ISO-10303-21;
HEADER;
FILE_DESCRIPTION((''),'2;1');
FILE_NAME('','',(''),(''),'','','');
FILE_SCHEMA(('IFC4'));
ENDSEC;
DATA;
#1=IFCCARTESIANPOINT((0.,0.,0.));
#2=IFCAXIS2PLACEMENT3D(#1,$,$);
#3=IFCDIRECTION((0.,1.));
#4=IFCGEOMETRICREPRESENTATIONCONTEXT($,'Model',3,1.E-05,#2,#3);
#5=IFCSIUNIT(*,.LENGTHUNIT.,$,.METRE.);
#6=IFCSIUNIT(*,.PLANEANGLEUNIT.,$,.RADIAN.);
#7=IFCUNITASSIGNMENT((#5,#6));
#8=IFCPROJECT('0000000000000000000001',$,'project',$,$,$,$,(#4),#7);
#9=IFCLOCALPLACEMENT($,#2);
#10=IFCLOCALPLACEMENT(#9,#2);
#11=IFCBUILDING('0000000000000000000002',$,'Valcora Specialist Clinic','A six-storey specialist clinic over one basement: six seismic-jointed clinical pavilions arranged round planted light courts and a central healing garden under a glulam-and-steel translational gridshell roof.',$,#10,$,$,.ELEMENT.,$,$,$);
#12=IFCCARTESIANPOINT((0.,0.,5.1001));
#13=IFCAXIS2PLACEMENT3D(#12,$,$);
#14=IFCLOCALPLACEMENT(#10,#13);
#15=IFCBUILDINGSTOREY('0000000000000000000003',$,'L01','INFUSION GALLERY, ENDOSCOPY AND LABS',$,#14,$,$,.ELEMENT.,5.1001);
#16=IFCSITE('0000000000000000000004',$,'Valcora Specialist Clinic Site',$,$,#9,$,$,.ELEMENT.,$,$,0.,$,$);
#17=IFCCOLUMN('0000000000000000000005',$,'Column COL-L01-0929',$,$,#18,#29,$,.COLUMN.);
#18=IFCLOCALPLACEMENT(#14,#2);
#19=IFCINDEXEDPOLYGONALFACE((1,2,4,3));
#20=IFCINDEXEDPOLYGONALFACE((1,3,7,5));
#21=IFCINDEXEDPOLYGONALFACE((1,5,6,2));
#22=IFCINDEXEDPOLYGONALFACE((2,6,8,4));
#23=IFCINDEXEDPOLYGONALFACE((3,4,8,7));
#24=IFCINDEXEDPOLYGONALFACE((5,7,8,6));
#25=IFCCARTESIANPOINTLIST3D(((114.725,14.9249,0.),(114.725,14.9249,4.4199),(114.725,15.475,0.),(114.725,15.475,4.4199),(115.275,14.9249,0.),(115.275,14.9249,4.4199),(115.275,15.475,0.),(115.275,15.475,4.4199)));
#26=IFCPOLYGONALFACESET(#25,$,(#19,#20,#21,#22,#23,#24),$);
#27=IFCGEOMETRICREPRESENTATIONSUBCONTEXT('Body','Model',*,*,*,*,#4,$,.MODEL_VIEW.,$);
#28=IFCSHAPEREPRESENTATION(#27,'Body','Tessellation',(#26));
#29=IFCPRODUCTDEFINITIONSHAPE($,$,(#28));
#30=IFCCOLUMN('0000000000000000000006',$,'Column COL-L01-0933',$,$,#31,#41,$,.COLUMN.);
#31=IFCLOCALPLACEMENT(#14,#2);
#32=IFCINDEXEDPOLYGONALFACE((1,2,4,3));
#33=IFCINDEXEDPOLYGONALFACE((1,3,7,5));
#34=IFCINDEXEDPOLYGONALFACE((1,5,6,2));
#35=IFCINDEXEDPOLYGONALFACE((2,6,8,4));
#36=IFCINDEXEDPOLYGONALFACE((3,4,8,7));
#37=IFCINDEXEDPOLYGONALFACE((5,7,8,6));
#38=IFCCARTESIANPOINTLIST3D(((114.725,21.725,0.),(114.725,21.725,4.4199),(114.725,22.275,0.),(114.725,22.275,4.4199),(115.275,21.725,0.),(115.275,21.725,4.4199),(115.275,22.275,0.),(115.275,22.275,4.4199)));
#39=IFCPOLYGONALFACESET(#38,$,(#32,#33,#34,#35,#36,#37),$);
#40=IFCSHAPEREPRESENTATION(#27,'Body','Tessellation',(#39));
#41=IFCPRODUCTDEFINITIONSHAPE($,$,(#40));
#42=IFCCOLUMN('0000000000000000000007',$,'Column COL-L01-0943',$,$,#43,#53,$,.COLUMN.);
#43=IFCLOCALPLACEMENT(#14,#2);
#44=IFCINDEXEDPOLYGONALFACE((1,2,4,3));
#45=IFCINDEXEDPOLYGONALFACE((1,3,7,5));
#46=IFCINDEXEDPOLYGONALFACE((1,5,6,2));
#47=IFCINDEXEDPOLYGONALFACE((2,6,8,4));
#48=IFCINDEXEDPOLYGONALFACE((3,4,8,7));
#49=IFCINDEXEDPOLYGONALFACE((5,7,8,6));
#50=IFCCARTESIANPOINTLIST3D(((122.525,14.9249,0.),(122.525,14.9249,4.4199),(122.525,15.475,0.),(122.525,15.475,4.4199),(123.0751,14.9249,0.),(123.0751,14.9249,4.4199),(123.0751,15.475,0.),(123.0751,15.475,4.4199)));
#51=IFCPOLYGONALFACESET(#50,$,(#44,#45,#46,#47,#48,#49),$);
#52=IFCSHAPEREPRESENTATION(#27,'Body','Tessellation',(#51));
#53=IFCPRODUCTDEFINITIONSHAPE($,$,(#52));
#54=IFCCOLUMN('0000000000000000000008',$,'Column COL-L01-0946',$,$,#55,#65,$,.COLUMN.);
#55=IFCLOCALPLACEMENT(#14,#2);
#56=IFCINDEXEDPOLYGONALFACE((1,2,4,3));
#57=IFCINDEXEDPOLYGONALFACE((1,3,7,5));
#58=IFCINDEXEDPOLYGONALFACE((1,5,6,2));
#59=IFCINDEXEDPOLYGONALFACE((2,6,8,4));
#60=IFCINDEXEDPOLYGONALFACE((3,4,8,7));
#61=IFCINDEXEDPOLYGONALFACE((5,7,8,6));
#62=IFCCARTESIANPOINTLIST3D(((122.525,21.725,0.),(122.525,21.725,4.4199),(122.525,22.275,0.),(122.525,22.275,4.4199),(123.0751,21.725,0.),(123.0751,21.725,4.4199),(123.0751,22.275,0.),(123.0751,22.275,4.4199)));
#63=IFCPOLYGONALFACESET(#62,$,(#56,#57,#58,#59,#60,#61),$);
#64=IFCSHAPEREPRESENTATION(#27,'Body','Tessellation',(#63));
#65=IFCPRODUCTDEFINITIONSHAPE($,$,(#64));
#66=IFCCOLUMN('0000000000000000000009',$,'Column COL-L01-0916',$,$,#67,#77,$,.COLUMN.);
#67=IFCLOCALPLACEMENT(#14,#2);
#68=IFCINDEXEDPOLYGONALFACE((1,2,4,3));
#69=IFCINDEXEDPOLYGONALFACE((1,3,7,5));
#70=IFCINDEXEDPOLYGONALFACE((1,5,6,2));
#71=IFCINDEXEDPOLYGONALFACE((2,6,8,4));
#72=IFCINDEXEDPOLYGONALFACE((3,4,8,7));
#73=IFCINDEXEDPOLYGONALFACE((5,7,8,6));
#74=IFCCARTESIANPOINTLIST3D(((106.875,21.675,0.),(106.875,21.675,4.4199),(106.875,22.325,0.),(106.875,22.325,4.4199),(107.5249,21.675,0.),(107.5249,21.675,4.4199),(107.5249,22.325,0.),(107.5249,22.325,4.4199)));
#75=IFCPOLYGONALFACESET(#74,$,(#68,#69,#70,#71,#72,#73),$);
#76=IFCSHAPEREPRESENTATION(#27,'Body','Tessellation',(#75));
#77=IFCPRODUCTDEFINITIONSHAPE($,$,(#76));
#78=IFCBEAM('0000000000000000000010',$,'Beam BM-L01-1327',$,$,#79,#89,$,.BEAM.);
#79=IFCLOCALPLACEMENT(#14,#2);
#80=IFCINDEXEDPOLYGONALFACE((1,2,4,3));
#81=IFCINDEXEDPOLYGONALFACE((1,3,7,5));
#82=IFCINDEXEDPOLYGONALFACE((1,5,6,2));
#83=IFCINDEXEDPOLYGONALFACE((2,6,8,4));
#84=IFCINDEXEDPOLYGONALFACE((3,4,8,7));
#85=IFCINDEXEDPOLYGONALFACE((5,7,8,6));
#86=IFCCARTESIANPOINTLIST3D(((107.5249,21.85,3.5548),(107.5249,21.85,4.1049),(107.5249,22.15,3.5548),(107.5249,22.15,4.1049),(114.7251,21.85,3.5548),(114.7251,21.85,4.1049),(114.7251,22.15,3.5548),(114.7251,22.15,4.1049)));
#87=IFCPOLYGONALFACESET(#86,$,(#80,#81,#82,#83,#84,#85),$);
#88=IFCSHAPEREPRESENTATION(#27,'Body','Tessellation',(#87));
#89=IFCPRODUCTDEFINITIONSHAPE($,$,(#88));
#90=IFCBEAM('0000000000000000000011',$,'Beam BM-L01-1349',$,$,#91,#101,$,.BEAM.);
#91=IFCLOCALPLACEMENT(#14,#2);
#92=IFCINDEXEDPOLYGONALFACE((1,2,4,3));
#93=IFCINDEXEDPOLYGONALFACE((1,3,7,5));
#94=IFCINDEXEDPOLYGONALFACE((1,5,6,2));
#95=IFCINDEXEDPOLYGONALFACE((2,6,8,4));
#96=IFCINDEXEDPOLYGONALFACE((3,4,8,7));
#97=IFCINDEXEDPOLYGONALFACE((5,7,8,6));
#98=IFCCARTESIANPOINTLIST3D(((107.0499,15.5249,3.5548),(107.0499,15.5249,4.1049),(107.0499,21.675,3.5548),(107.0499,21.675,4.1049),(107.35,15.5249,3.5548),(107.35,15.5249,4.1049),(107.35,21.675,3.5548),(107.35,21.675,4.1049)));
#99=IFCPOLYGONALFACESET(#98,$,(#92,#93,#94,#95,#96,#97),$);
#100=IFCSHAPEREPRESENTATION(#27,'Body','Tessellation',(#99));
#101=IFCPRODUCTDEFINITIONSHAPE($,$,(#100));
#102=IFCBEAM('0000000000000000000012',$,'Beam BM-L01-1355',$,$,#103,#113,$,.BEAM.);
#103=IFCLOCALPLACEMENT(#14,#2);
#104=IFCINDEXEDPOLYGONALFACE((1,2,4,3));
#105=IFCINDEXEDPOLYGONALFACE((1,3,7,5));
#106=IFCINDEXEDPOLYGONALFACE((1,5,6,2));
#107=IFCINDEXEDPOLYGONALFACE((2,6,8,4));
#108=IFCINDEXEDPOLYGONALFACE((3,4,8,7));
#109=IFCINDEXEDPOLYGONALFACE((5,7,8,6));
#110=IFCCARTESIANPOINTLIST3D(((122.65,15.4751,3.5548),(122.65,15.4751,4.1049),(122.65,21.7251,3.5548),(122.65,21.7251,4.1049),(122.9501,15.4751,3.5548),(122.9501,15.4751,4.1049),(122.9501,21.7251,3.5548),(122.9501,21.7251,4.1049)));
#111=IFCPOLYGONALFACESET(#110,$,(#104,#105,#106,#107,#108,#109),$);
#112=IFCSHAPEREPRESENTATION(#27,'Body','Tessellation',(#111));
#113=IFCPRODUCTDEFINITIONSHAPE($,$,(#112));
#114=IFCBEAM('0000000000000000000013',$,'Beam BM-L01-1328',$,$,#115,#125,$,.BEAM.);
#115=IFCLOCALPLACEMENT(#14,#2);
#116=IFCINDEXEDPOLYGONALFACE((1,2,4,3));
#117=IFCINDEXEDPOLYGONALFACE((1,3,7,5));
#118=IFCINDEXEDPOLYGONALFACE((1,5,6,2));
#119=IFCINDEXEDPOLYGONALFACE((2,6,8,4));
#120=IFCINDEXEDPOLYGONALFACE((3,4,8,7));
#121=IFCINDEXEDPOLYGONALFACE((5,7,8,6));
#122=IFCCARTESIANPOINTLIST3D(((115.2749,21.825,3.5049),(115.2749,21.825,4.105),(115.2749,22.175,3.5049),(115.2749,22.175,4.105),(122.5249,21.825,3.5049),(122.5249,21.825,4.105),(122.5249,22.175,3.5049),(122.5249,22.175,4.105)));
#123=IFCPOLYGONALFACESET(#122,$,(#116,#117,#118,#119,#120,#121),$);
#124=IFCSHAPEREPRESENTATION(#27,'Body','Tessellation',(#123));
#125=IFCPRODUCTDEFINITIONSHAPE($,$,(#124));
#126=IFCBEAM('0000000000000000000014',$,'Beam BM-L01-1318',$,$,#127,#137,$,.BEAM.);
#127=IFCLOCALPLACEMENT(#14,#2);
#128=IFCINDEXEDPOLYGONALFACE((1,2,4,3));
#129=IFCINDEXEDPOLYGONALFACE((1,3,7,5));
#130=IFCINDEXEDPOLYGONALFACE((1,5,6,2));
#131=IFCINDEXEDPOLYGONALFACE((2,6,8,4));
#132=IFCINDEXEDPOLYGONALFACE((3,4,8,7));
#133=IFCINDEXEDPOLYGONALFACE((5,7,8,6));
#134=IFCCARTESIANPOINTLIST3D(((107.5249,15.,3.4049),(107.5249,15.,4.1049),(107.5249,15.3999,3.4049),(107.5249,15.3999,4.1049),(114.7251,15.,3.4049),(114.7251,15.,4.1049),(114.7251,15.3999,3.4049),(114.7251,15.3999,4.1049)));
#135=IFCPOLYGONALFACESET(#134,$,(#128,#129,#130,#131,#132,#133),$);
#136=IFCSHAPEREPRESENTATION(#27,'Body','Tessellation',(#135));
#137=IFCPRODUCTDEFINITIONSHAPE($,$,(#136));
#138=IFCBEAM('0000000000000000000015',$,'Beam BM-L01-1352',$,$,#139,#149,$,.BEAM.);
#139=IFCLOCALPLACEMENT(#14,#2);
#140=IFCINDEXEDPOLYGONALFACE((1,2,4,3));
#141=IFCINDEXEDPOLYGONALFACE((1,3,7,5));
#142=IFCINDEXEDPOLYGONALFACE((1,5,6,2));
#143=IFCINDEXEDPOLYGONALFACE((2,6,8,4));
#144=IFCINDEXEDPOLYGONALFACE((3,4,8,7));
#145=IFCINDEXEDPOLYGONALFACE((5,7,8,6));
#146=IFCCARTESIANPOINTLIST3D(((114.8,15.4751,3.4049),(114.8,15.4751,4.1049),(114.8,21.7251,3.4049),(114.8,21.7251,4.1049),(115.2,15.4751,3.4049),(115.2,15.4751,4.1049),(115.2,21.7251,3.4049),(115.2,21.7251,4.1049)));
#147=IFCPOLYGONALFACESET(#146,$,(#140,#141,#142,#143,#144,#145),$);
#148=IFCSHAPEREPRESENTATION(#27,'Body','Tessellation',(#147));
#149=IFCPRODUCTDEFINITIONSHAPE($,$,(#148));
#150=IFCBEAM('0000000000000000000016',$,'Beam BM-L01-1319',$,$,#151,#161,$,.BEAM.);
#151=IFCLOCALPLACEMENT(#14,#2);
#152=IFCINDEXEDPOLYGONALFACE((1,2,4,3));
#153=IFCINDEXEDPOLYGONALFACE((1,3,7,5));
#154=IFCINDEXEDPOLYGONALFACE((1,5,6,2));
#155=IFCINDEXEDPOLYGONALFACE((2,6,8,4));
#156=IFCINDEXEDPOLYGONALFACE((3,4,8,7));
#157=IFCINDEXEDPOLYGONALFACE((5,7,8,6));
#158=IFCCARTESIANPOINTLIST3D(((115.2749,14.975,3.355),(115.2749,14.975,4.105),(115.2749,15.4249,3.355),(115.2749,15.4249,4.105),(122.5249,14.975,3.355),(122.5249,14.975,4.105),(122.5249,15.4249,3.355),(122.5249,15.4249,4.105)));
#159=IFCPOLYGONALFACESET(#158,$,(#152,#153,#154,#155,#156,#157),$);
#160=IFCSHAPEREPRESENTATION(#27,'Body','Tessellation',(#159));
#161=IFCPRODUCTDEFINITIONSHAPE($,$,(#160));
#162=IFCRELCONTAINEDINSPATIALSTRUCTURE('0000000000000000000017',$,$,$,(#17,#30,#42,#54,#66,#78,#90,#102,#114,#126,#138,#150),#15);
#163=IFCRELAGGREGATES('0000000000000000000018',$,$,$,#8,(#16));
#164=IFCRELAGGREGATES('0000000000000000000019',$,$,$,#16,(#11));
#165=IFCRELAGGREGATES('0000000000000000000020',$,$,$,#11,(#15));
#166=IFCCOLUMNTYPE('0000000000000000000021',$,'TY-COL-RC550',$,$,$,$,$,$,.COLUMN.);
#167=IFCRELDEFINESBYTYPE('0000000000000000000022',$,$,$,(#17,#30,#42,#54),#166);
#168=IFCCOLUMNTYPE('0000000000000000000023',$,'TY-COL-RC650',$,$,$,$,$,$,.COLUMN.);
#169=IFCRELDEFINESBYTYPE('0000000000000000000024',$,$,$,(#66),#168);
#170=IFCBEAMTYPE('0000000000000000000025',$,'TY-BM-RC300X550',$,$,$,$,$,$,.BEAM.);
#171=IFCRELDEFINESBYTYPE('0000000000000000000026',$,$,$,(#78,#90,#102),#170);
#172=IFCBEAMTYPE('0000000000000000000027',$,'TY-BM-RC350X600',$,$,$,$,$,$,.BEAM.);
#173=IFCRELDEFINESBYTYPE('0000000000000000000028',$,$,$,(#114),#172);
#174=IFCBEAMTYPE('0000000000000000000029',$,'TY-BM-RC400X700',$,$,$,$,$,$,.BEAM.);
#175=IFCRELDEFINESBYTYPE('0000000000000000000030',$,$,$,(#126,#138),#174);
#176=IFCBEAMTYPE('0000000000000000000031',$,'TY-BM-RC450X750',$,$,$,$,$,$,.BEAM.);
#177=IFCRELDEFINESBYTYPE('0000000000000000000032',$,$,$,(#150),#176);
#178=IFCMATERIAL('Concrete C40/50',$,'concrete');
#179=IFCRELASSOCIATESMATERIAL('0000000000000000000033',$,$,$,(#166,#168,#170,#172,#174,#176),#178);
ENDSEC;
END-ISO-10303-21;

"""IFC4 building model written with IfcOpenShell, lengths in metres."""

from ifc_helpers import new_model, si_unit, direction, frame, origin, origin_2d, place, context, subcontext, project, spatial, rectangle, extrude, material, material_profile, profile_set, type_object, element, save


model = new_model("IFC4")

# Units and contexts
model_context = context("Model", 3, precision=1e-05, world=origin(), true_north=direction((0.0, 1.0)))
body_context = subcontext(model_context, "Body", "Model", "MODEL_VIEW")
ifc_project = project(units=[si_unit("LENGTHUNIT", "METRE"), si_unit("PLANEANGLEUNIT", "RADIAN")], contexts=[model_context])

# Site, building, storey
site_placement = place(None, origin())
site = spatial("IfcSite", under=ifc_project, at=site_placement, Name="Valcora Specialist Clinic Site", CompositionType="ELEMENT", RefElevation=0.0)
building_placement = place(site_placement, origin())
building = spatial("IfcBuilding", under=site, at=building_placement, Name="Valcora Specialist Clinic", Description="A six-storey specialist clinic over one basement: six seismic-jointed clinical pavilions arranged round planted light courts and a central healing garden under a glulam-and-steel translational gridshell roof.", CompositionType="ELEMENT")
storey_placement = place(building_placement, frame((0.0, 0.0, 5.1001)))
storey = spatial("IfcBuildingStorey", under=building, at=storey_placement, Name="L01", Description="INFUSION GALLERY, ENDOSCOPY AND LABS", CompositionType="ELEMENT", Elevation=5.1001)

# Columns
ifc_material_1 = material(Name="Concrete C40/50", Category="concrete")
ifc_material_profile_1 = material_profile(ifc_material_1, rectangle(XDim=0.55, YDim=0.55, at=origin_2d()), Name="RC-COL-550X550")
ifc_profile_set_1 = profile_set([ifc_material_profile_1], Name="Concrete C40/50")
column_type_1 = type_object("IfcColumnType", Name="TY-COL-RC550", PredefinedType="COLUMN", material=ifc_profile_set_1)
for number, where, z_axis, x_axis, name in (
    (1, (115.0, 15.2, 0.0), (0.0, 0.0, 1.0), (1.0, 0.0, 0.0), "Column COL-L01-0929"),
    (2, (115.0, 22.0, 0.0), (0.0, 0.0, 1.0), (1.0, 0.0, 0.0), "Column COL-L01-0933"),
    (3, (122.8, 15.2, 0.0), (0.0, 0.0, 1.0), (1.0, 0.0, 0.0), "Column COL-L01-0943"),
    (4, (122.8, 22.0, 0.0), (0.0, 0.0, 1.0), (1.0, 0.0, 0.0), "Column COL-L01-0946"),
):
    element("IfcColumn", number, at=place(storey_placement, frame(where, z_axis=z_axis, x_axis=x_axis)), inside=storey, type_object=column_type_1, Name=name, PredefinedType="COLUMN", context=body_context, shape_type="SweptSolid", body=[
        extrude(rectangle(XDim=0.55, YDim=0.55, at=origin_2d()), origin(), (0.0, 0.0, 1.0), 4.4199),
    ])
ifc_material_profile_2 = material_profile(ifc_material_1, rectangle(XDim=0.6499, YDim=0.6499, at=origin_2d()), Name="RC-COL-650X650")
ifc_profile_set_2 = profile_set([ifc_material_profile_2], Name="Concrete C40/50")
column_type_2 = type_object("IfcColumnType", Name="TY-COL-RC650", PredefinedType="COLUMN", material=ifc_profile_set_2)
column_placement = place(storey_placement, frame((107.2, 22.0, 0.0), z_axis=(0.0, 0.0, 1.0), x_axis=(1.0, 0.0, 0.0)))
element("IfcColumn", 5, at=column_placement, inside=storey, type_object=column_type_2, Name="Column COL-L01-0916", PredefinedType="COLUMN", context=body_context, shape_type="SweptSolid", body=[
    extrude(rectangle(XDim=0.6499, YDim=0.6499, at=origin_2d()), origin(), (0.0, 0.0, 1.0), 4.4199),
])

# Beams
ifc_material_profile_3 = material_profile(ifc_material_1, rectangle(XDim=0.3, YDim=0.55, at=origin_2d()), Name="RC-BM-300X550")
ifc_profile_set_3 = profile_set([ifc_material_profile_3], Name="Concrete C40/50")
beam_type_1 = type_object("IfcBeamType", Name="TY-BM-RC300X550", PredefinedType="BEAM", material=ifc_profile_set_3)
beam_1_placement = place(storey_placement, frame((107.5249, 22.0, 3.8298), z_axis=(1.0, 0.0, 0.0), x_axis=(0.0, 1.0, 0.0)))
element("IfcBeam", 6, at=beam_1_placement, inside=storey, type_object=beam_type_1, Name="Beam BM-L01-1327", PredefinedType="BEAM", context=body_context, shape_type="SweptSolid", body=[
    extrude(rectangle(XDim=0.3, YDim=0.55, at=origin_2d()), origin(), (0.0, 0.0, 1.0), 7.2002),
])
beam_2_placement = place(storey_placement, frame((107.2, 15.5249, 3.8298), z_axis=(0.0, 1.0, 0.0), x_axis=(-1.0, 0.0, 0.0)))
element("IfcBeam", 7, at=beam_2_placement, inside=storey, type_object=beam_type_1, Name="Beam BM-L01-1349", PredefinedType="BEAM", context=body_context, shape_type="SweptSolid", body=[
    extrude(rectangle(XDim=0.3, YDim=0.55, at=origin_2d()), origin(), (0.0, 0.0, 1.0), 6.1501),
])
beam_3_placement = place(storey_placement, frame((122.8, 15.4751, 3.8298), z_axis=(0.0, 1.0, 0.0), x_axis=(-1.0, 0.0, 0.0)))
element("IfcBeam", 8, at=beam_3_placement, inside=storey, type_object=beam_type_1, Name="Beam BM-L01-1355", PredefinedType="BEAM", context=body_context, shape_type="SweptSolid", body=[
    extrude(rectangle(XDim=0.3, YDim=0.55, at=origin_2d()), origin(), (0.0, 0.0, 1.0), 6.25),
])
ifc_material_profile_4 = material_profile(ifc_material_1, rectangle(XDim=0.3501, YDim=0.6001, at=origin_2d()), Name="RC-BM-350X600")
ifc_profile_set_4 = profile_set([ifc_material_profile_4], Name="Concrete C40/50")
beam_type_2 = type_object("IfcBeamType", Name="TY-BM-RC350X600", PredefinedType="BEAM", material=ifc_profile_set_4)
beam_4_placement = place(storey_placement, frame((115.2749, 22.0, 3.8049), z_axis=(1.0, 0.0, 0.0), x_axis=(0.0, 1.0, 0.0)))
element("IfcBeam", 9, at=beam_4_placement, inside=storey, type_object=beam_type_2, Name="Beam BM-L01-1328", PredefinedType="BEAM", context=body_context, shape_type="SweptSolid", body=[
    extrude(rectangle(XDim=0.3501, YDim=0.6001, at=origin_2d()), origin(), (0.0, 0.0, 1.0), 7.25),
])
ifc_material_profile_5 = material_profile(ifc_material_1, rectangle(XDim=0.3999, YDim=0.7, at=origin_2d()), Name="RC-BM-400X700")
ifc_profile_set_5 = profile_set([ifc_material_profile_5], Name="Concrete C40/50")
beam_type_3 = type_object("IfcBeamType", Name="TY-BM-RC400X700", PredefinedType="BEAM", material=ifc_profile_set_5)
beam_5_placement = place(storey_placement, frame((107.5249, 15.2, 3.7549), z_axis=(1.0, 0.0, 0.0), x_axis=(0.0, 1.0, 0.0)))
element("IfcBeam", 10, at=beam_5_placement, inside=storey, type_object=beam_type_3, Name="Beam BM-L01-1318", PredefinedType="BEAM", context=body_context, shape_type="SweptSolid", body=[
    extrude(rectangle(XDim=0.3999, YDim=0.7, at=origin_2d()), origin(), (0.0, 0.0, 1.0), 7.2002),
])
beam_6_placement = place(storey_placement, frame((115.0, 15.4751, 3.7549), z_axis=(0.0, 1.0, 0.0), x_axis=(-1.0, 0.0, 0.0)))
element("IfcBeam", 11, at=beam_6_placement, inside=storey, type_object=beam_type_3, Name="Beam BM-L01-1352", PredefinedType="BEAM", context=body_context, shape_type="SweptSolid", body=[
    extrude(rectangle(XDim=0.3999, YDim=0.7, at=origin_2d()), origin(), (0.0, 0.0, 1.0), 6.25),
])
ifc_material_profile_6 = material_profile(ifc_material_1, rectangle(XDim=0.45, YDim=0.75, at=origin_2d()), Name="RC-BM-450X750")
ifc_profile_set_6 = profile_set([ifc_material_profile_6], Name="Concrete C40/50")
beam_type_4 = type_object("IfcBeamType", Name="TY-BM-RC450X750", PredefinedType="BEAM", material=ifc_profile_set_6)
beam_7_placement = place(storey_placement, frame((115.2749, 15.2, 3.73), z_axis=(1.0, 0.0, 0.0), x_axis=(0.0, 1.0, 0.0)))
element("IfcBeam", 12, at=beam_7_placement, inside=storey, type_object=beam_type_4, Name="Beam BM-L01-1319", PredefinedType="BEAM", context=body_context, shape_type="SweptSolid", body=[
    extrude(rectangle(XDim=0.45, YDim=0.75, at=origin_2d()), origin(), (0.0, 0.0, 1.0), 7.25),
])

save(model, "model.ifc")
